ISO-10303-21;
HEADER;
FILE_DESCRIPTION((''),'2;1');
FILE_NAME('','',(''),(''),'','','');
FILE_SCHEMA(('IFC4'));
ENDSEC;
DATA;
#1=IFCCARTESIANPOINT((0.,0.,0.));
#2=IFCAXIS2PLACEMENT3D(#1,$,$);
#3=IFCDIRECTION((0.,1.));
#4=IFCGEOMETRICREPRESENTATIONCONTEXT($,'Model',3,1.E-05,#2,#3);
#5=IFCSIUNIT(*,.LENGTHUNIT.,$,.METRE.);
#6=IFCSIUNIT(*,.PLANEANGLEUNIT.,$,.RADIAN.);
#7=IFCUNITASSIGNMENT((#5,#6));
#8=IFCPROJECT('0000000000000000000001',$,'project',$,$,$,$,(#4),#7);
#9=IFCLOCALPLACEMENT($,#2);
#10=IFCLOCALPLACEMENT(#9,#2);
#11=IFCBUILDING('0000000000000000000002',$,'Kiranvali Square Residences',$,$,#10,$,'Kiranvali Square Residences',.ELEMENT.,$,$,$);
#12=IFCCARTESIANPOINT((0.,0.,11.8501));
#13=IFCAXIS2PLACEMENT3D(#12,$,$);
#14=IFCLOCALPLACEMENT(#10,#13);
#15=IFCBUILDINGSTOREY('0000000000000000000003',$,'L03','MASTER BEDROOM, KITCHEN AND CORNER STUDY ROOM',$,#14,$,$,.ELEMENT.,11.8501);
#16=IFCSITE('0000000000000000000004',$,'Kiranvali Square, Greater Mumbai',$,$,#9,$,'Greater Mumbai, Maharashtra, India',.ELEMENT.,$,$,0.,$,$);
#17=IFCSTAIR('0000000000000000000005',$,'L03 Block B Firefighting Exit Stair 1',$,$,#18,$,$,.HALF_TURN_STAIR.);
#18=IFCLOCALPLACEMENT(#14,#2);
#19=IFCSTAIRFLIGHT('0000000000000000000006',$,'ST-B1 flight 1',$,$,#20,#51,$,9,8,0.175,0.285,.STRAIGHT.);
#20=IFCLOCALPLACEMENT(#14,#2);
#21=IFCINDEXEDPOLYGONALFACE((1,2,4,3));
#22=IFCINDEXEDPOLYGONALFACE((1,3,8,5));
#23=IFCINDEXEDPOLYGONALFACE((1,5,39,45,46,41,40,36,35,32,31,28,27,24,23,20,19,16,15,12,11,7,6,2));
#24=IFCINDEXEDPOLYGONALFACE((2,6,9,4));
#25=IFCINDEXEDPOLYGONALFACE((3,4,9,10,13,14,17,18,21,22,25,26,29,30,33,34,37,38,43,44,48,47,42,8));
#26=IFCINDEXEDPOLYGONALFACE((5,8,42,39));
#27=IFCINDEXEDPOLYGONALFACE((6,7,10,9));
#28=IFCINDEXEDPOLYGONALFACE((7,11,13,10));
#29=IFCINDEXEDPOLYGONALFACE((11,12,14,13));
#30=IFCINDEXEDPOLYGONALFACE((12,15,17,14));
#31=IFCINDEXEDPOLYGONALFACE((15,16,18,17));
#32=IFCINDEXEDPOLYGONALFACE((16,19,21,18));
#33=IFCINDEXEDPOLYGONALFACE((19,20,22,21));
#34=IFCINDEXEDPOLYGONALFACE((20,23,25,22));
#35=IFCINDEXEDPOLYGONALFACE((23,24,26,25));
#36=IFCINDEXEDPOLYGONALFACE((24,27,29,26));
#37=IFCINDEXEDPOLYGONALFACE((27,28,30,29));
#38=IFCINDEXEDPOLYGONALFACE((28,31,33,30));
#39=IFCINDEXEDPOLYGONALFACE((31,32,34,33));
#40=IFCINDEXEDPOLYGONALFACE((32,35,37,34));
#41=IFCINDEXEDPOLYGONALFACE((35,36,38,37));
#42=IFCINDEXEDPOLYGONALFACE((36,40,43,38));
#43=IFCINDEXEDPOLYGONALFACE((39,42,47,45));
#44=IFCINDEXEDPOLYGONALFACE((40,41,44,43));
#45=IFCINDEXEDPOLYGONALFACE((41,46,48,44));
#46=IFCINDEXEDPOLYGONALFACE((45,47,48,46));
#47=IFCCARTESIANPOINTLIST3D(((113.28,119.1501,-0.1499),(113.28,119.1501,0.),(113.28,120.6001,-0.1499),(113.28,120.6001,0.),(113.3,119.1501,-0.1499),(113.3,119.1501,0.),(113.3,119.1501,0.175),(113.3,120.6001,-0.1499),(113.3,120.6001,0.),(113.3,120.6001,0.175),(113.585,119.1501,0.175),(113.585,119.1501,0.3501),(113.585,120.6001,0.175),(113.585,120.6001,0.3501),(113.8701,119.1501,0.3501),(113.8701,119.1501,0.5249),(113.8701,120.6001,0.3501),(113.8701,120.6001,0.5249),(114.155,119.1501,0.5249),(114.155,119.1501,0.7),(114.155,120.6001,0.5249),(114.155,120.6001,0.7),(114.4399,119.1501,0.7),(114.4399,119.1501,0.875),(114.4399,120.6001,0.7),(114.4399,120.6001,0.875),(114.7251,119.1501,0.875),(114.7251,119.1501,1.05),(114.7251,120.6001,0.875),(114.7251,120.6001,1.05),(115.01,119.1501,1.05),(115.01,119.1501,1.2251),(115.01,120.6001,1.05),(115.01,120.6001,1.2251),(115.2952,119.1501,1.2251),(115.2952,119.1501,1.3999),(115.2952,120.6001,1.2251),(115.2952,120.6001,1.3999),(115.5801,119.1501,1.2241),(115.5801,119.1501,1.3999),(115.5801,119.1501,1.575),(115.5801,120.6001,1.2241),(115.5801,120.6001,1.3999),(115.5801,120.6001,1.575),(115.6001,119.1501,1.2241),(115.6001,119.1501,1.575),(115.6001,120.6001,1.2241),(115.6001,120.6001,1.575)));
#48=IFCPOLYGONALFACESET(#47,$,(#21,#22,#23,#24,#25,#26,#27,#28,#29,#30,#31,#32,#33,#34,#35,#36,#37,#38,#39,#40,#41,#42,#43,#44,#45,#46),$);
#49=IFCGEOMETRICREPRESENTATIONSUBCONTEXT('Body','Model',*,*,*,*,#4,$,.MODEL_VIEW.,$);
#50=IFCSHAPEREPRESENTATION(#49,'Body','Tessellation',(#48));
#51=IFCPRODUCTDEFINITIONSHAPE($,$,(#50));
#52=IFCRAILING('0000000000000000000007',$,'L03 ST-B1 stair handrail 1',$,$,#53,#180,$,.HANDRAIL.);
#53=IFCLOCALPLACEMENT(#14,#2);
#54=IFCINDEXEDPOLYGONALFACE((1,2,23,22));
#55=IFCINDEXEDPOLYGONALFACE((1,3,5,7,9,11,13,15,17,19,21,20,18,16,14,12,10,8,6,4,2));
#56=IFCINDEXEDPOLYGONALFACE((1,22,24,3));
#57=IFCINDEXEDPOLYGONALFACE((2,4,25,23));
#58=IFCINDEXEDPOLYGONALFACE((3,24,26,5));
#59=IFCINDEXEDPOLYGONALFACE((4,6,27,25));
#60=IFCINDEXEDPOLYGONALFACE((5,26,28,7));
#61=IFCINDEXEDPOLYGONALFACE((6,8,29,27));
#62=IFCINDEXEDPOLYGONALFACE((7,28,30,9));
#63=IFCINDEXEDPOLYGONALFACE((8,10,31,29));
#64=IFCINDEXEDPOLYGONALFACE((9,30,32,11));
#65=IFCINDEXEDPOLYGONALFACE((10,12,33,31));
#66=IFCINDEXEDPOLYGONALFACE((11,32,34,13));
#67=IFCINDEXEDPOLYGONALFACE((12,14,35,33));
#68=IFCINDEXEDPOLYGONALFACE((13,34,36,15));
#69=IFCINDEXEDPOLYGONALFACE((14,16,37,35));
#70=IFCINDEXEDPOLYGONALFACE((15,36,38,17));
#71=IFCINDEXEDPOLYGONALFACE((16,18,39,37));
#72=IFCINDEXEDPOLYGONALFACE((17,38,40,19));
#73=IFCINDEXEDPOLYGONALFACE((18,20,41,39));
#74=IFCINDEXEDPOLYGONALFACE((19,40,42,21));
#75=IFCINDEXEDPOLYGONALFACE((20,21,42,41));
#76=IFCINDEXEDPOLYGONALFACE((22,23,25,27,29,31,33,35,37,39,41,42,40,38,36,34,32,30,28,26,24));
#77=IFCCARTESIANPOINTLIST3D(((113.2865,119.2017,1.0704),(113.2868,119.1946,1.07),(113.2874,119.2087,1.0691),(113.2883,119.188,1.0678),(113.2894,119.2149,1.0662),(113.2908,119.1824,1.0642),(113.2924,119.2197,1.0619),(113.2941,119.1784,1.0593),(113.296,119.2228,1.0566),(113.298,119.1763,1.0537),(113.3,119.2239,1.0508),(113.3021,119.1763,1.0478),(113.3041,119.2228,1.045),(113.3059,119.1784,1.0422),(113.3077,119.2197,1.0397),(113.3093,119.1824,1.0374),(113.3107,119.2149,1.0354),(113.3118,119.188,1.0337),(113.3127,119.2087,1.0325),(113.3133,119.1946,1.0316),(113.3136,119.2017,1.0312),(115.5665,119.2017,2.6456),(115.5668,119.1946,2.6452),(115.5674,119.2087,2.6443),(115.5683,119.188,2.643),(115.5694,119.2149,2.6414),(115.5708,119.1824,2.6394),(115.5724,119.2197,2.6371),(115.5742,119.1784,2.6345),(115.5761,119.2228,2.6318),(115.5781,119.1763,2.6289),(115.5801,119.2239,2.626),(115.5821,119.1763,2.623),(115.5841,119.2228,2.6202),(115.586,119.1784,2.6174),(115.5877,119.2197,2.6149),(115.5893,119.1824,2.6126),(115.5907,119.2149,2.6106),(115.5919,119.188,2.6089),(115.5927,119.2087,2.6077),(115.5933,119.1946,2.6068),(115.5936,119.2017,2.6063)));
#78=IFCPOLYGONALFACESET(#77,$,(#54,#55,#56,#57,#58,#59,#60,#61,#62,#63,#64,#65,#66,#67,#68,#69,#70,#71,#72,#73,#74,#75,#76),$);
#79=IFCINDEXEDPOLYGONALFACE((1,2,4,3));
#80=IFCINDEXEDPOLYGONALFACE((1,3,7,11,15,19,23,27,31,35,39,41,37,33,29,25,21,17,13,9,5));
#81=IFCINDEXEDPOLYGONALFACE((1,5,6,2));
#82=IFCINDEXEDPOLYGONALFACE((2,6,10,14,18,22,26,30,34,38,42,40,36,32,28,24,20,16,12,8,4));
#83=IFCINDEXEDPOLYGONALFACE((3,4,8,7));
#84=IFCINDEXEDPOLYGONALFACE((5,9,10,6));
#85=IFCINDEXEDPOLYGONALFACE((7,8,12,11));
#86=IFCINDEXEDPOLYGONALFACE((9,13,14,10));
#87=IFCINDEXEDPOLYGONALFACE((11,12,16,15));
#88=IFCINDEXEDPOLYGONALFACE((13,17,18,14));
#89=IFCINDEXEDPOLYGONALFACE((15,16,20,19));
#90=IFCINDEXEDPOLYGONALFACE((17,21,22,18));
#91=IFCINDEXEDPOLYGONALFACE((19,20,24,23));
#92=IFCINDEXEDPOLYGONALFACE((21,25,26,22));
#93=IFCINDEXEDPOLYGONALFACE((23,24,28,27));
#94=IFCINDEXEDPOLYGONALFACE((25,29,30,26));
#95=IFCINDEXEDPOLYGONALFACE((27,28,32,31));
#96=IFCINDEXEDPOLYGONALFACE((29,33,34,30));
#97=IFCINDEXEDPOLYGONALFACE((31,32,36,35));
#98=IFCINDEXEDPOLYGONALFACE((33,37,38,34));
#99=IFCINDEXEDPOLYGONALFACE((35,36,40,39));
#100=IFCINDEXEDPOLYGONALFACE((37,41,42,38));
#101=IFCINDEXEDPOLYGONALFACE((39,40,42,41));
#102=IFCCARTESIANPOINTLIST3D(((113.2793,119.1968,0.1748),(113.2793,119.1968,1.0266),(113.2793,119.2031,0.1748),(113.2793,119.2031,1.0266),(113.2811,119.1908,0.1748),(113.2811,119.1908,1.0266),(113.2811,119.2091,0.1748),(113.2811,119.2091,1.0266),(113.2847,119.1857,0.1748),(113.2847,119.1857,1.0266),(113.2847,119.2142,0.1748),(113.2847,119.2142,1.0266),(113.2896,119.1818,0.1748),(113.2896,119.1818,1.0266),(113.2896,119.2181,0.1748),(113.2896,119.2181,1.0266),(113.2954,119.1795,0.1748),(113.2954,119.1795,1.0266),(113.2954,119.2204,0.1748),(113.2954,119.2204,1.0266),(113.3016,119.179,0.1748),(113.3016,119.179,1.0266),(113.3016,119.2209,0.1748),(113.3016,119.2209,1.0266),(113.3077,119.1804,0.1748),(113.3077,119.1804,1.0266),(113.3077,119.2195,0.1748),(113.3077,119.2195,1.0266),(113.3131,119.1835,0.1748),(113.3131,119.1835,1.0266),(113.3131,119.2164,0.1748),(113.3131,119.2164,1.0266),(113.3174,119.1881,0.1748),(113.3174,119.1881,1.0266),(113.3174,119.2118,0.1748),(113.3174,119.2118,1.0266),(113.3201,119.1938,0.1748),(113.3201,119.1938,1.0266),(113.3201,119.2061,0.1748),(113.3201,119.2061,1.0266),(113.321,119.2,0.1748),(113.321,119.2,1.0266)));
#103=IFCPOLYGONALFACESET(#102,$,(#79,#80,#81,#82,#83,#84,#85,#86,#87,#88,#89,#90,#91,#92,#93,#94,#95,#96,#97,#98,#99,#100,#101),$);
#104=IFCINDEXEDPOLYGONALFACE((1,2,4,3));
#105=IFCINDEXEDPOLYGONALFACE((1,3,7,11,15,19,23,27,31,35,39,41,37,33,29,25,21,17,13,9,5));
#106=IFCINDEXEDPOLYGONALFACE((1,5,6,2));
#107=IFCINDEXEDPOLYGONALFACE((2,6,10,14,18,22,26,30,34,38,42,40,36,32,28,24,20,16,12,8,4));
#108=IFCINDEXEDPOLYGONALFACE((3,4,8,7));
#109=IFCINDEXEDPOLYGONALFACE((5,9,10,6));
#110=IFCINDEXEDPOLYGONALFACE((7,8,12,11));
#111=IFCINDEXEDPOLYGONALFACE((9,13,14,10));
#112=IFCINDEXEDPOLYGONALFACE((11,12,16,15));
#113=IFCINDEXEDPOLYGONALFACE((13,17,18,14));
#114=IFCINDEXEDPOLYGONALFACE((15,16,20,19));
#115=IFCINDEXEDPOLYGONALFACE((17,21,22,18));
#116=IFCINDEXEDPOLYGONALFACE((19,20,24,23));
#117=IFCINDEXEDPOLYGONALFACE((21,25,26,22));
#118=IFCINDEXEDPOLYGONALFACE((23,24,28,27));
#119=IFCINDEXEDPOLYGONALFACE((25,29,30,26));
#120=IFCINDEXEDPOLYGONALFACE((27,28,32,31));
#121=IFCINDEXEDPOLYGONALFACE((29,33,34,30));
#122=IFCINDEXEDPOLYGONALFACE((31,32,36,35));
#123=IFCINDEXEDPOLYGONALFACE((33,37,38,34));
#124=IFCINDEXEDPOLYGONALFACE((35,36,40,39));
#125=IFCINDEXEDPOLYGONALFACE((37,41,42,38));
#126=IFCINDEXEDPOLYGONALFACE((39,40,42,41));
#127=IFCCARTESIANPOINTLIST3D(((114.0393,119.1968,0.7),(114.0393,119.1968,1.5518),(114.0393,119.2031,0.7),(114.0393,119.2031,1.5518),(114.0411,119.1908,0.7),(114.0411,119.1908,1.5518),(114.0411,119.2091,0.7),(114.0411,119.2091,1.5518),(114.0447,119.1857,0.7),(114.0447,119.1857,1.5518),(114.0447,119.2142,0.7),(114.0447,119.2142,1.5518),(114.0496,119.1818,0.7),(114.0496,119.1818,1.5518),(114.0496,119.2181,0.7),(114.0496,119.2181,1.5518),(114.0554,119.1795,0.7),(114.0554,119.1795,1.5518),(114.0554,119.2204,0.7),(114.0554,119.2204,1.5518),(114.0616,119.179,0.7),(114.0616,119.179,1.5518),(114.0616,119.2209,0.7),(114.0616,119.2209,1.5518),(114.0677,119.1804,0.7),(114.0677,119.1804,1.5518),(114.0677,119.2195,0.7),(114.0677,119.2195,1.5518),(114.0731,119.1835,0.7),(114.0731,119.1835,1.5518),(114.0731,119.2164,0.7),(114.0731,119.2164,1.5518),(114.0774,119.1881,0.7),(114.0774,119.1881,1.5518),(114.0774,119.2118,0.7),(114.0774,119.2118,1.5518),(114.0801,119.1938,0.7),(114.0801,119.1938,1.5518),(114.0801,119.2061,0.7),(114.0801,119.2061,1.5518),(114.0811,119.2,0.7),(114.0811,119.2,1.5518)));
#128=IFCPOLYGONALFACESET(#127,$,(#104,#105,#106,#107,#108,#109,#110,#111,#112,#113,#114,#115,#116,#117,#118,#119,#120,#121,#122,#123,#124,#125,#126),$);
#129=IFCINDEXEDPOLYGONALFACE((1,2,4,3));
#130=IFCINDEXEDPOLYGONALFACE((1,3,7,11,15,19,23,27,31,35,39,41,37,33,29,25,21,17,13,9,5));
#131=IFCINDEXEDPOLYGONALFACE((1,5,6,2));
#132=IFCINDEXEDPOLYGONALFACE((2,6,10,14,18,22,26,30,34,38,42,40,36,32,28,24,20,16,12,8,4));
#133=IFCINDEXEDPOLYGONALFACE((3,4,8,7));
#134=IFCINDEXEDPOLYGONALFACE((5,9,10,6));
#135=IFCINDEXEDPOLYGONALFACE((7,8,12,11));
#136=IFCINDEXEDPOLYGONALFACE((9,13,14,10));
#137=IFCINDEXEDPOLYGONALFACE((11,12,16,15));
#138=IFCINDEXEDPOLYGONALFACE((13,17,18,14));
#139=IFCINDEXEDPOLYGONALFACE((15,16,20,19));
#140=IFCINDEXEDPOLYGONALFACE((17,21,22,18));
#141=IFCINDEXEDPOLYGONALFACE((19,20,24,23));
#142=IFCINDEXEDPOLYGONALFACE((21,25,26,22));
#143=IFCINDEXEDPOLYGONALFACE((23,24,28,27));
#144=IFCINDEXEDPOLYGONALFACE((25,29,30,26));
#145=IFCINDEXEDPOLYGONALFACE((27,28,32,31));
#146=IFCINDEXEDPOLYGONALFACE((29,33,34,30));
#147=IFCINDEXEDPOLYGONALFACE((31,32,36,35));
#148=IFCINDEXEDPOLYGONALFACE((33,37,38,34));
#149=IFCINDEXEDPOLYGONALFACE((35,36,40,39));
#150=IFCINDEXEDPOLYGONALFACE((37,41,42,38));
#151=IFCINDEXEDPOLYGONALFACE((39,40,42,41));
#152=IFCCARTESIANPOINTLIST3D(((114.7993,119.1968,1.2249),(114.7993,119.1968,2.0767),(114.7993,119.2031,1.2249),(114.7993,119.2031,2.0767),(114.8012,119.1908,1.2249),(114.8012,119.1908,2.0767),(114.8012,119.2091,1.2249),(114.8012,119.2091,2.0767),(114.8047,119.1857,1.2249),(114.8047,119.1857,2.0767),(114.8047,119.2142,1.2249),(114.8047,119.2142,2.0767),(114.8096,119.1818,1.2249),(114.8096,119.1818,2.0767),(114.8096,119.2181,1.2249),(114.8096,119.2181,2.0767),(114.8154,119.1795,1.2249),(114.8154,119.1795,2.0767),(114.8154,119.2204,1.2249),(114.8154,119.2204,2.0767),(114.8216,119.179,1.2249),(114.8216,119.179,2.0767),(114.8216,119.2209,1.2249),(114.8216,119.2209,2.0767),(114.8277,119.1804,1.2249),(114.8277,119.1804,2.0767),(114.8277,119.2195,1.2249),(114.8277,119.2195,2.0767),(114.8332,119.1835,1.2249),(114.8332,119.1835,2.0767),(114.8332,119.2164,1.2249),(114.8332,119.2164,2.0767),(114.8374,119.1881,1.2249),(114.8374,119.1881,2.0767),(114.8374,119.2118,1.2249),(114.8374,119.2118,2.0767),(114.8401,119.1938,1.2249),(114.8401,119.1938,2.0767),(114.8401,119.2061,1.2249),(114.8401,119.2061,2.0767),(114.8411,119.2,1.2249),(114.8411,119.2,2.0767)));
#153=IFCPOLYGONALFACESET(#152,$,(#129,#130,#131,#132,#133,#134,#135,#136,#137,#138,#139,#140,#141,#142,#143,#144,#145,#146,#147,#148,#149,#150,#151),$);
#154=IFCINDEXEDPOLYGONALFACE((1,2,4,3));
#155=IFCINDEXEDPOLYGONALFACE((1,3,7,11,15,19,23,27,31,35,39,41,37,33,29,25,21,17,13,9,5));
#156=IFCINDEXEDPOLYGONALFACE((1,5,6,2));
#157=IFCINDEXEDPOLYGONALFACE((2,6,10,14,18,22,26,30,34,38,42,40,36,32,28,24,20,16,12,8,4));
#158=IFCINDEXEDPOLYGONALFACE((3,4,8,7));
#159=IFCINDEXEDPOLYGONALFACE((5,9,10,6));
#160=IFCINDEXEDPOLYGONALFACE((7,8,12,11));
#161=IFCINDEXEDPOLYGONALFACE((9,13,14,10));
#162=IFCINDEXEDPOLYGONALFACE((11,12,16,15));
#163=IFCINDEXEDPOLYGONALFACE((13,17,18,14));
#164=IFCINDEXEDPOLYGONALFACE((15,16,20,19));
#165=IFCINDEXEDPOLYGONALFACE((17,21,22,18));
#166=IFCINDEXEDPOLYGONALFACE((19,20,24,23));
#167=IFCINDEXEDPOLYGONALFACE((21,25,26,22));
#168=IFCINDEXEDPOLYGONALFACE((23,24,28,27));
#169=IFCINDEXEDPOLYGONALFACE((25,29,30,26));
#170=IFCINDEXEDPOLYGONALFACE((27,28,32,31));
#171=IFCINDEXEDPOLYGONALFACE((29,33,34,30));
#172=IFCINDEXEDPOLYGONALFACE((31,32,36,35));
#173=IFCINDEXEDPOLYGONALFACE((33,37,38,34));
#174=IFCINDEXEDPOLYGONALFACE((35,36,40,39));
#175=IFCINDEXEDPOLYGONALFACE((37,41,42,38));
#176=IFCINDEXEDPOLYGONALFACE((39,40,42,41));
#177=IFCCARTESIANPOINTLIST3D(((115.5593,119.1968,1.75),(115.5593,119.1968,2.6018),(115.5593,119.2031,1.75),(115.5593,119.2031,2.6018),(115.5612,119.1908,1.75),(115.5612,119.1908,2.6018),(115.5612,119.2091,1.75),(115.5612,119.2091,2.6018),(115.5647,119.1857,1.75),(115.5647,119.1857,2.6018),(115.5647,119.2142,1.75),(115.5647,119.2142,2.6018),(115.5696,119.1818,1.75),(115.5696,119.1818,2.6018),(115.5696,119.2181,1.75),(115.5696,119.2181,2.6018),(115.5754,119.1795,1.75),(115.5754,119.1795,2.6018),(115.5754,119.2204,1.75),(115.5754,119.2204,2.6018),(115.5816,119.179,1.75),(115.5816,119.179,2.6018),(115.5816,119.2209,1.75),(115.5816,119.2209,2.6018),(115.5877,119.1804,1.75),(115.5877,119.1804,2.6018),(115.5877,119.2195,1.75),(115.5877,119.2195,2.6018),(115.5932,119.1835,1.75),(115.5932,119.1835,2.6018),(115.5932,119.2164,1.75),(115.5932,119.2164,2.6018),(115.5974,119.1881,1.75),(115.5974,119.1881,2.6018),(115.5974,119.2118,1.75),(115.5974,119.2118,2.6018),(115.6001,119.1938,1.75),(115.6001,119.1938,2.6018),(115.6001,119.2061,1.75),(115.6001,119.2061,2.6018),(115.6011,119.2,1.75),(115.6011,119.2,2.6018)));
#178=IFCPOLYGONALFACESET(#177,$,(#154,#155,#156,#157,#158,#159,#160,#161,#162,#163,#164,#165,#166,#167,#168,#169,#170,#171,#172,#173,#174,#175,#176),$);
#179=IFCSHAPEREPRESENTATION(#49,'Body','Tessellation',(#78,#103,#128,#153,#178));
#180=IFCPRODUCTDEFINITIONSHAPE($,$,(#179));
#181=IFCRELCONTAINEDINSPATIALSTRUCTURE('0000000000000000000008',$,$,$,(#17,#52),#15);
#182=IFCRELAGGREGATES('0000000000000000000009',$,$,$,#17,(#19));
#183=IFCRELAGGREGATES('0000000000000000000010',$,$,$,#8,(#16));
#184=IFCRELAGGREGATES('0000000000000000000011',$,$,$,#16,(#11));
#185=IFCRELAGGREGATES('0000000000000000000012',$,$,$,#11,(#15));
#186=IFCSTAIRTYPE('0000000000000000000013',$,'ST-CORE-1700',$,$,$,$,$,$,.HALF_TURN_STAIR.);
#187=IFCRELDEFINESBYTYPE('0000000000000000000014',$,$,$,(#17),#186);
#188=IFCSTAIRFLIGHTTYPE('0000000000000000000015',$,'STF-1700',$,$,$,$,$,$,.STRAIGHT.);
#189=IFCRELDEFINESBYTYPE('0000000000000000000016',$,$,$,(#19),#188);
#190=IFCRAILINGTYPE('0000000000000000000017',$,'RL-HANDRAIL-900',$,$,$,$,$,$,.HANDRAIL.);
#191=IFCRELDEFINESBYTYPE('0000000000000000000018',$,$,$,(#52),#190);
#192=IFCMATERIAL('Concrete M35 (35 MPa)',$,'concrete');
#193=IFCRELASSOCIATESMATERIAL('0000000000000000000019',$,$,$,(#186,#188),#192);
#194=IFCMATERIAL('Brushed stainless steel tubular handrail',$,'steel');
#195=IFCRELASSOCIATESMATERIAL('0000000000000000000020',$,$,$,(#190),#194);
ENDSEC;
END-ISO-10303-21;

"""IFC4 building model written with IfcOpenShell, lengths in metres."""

from ifc_helpers import new_model, si_unit, direction, frame, origin, origin_2d, place, context, subcontext, project, spatial, polyline, circle, outline, extrude, material, type_object, element, aggregate, save


model = new_model("IFC4")

# Units and contexts
model_context = context("Model", 3, precision=1e-05, world=origin(), true_north=direction((0.0, 1.0)))
body_context = subcontext(model_context, "Body", "Model", "MODEL_VIEW")
ifc_project = project(units=[si_unit("LENGTHUNIT", "METRE"), si_unit("PLANEANGLEUNIT", "RADIAN")], contexts=[model_context])

# Site, building, storey
site_placement = place(None, origin())
site = spatial("IfcSite", under=ifc_project, at=site_placement, Name="Kiranvali Square, Greater Mumbai", LongName="Greater Mumbai, Maharashtra, India", CompositionType="ELEMENT", RefElevation=0.0)
building_placement = place(site_placement, origin())
building = spatial("IfcBuilding", under=site, at=building_placement, Name="Kiranvali Square Residences", LongName="Kiranvali Square Residences", CompositionType="ELEMENT")
storey_placement = place(building_placement, frame((0.0, 0.0, 11.8501)))
storey = spatial("IfcBuildingStorey", under=building, at=storey_placement, Name="L03", Description="MASTER BEDROOM, KITCHEN AND CORNER STUDY ROOM", CompositionType="ELEMENT", Elevation=11.8501)

# Stair, stair flight
ifc_material_1 = material(Name="Concrete M35 (35 MPa)", Category="concrete")
stair_type = type_object("IfcStairType", Name="ST-CORE-1700", PredefinedType="HALF_TURN_STAIR", material=ifc_material_1)
stair_placement = place(storey_placement, origin())
stair = element("IfcStair", 1, at=stair_placement, inside=storey, type_object=stair_type, Name="L03 Block B Firefighting Exit Stair 1", PredefinedType="HALF_TURN_STAIR")
stair_flight_type = type_object("IfcStairFlightType", Name="STF-1700", PredefinedType="STRAIGHT", material=ifc_material_1)
stair_flight_placement = place(storey_placement, frame((113.3, 119.875, 0.0), z_axis=(0.0, 0.0, 1.0), x_axis=(1.0, 0.0, 0.0)))
stair_flight = element("IfcStairFlight", 2, at=stair_flight_placement, type_object=stair_flight_type, Name="ST-B1 flight 1", NumberOfRisers=9, NumberOfTreads=8, PredefinedType="STRAIGHT", RiserHeight=0.175, TreadLength=0.285, context=body_context, shape_type="SweptSolid", body=[
    extrude(outline(polyline([(-0.02, -0.1499), (-0.02, 0.0), (0.0, 0.0), (0.0, 0.175), (0.2849, 0.175), (0.2849, 0.3501), (0.5701, 0.3501), (0.5701, 0.5249), (0.855, 0.5249), (0.855, 0.7), (1.1399, 0.7), (1.1399, 0.875), (1.425, 0.875), (1.425, 1.05), (1.71, 1.05), (1.71, 1.2251), (1.9951, 1.2251), (1.9951, 1.3999), (2.28, 1.3999), (2.28, 1.575), (2.3, 1.575), (2.3, 1.2241), (2.28, 1.2241), (0.0, -0.1499), (-0.02, -0.1499)])), frame((0.0, 0.7251, 0.0), z_axis=(0.0, -1.0, 0.0), x_axis=(1.0, 0.0, 0.0)), (0.0, 0.0, 1.0), 1.45),
])
aggregate(stair, [stair_flight])

# Railing
ifc_material_2 = material(Name="Brushed stainless steel tubular handrail", Category="steel")
railing_type = type_object("IfcRailingType", Name="RL-HANDRAIL-900", PredefinedType="HANDRAIL", material=ifc_material_2)
railing_placement = place(storey_placement, frame((113.3, 119.2, 0.1748)))
element("IfcRailing", 3, at=railing_placement, inside=storey, type_object=railing_type, Name="L03 ST-B1 stair handrail 1", PredefinedType="HANDRAIL", context=body_context, shape_type="SweptSolid", body=[
    extrude(circle(Radius=0.0239, at=origin_2d()), frame((0.0, 0.0, 0.876), z_axis=(0.822747, 0.0, 0.568408), x_axis=(0.0, 1.0, 0.0)), (0.0, 0.0, 1.0), 2.7712),
    extrude(circle(Radius=0.021, at=origin_2d()), origin(), (0.0, 0.0, 1.0), 0.8518),
    extrude(circle(Radius=0.021, at=origin_2d()), frame((0.76, 0.0, 0.5251)), (0.0, 0.0, 1.0), 0.8518),
    extrude(circle(Radius=0.021, at=origin_2d()), frame((1.52, 0.0, 1.05)), (0.0, 0.0, 1.0), 0.8518),
    extrude(circle(Radius=0.021, at=origin_2d()), frame((2.28, 0.0, 1.5752)), (0.0, 0.0, 1.0), 0.8518),
])

save(model, "model.ifc")
